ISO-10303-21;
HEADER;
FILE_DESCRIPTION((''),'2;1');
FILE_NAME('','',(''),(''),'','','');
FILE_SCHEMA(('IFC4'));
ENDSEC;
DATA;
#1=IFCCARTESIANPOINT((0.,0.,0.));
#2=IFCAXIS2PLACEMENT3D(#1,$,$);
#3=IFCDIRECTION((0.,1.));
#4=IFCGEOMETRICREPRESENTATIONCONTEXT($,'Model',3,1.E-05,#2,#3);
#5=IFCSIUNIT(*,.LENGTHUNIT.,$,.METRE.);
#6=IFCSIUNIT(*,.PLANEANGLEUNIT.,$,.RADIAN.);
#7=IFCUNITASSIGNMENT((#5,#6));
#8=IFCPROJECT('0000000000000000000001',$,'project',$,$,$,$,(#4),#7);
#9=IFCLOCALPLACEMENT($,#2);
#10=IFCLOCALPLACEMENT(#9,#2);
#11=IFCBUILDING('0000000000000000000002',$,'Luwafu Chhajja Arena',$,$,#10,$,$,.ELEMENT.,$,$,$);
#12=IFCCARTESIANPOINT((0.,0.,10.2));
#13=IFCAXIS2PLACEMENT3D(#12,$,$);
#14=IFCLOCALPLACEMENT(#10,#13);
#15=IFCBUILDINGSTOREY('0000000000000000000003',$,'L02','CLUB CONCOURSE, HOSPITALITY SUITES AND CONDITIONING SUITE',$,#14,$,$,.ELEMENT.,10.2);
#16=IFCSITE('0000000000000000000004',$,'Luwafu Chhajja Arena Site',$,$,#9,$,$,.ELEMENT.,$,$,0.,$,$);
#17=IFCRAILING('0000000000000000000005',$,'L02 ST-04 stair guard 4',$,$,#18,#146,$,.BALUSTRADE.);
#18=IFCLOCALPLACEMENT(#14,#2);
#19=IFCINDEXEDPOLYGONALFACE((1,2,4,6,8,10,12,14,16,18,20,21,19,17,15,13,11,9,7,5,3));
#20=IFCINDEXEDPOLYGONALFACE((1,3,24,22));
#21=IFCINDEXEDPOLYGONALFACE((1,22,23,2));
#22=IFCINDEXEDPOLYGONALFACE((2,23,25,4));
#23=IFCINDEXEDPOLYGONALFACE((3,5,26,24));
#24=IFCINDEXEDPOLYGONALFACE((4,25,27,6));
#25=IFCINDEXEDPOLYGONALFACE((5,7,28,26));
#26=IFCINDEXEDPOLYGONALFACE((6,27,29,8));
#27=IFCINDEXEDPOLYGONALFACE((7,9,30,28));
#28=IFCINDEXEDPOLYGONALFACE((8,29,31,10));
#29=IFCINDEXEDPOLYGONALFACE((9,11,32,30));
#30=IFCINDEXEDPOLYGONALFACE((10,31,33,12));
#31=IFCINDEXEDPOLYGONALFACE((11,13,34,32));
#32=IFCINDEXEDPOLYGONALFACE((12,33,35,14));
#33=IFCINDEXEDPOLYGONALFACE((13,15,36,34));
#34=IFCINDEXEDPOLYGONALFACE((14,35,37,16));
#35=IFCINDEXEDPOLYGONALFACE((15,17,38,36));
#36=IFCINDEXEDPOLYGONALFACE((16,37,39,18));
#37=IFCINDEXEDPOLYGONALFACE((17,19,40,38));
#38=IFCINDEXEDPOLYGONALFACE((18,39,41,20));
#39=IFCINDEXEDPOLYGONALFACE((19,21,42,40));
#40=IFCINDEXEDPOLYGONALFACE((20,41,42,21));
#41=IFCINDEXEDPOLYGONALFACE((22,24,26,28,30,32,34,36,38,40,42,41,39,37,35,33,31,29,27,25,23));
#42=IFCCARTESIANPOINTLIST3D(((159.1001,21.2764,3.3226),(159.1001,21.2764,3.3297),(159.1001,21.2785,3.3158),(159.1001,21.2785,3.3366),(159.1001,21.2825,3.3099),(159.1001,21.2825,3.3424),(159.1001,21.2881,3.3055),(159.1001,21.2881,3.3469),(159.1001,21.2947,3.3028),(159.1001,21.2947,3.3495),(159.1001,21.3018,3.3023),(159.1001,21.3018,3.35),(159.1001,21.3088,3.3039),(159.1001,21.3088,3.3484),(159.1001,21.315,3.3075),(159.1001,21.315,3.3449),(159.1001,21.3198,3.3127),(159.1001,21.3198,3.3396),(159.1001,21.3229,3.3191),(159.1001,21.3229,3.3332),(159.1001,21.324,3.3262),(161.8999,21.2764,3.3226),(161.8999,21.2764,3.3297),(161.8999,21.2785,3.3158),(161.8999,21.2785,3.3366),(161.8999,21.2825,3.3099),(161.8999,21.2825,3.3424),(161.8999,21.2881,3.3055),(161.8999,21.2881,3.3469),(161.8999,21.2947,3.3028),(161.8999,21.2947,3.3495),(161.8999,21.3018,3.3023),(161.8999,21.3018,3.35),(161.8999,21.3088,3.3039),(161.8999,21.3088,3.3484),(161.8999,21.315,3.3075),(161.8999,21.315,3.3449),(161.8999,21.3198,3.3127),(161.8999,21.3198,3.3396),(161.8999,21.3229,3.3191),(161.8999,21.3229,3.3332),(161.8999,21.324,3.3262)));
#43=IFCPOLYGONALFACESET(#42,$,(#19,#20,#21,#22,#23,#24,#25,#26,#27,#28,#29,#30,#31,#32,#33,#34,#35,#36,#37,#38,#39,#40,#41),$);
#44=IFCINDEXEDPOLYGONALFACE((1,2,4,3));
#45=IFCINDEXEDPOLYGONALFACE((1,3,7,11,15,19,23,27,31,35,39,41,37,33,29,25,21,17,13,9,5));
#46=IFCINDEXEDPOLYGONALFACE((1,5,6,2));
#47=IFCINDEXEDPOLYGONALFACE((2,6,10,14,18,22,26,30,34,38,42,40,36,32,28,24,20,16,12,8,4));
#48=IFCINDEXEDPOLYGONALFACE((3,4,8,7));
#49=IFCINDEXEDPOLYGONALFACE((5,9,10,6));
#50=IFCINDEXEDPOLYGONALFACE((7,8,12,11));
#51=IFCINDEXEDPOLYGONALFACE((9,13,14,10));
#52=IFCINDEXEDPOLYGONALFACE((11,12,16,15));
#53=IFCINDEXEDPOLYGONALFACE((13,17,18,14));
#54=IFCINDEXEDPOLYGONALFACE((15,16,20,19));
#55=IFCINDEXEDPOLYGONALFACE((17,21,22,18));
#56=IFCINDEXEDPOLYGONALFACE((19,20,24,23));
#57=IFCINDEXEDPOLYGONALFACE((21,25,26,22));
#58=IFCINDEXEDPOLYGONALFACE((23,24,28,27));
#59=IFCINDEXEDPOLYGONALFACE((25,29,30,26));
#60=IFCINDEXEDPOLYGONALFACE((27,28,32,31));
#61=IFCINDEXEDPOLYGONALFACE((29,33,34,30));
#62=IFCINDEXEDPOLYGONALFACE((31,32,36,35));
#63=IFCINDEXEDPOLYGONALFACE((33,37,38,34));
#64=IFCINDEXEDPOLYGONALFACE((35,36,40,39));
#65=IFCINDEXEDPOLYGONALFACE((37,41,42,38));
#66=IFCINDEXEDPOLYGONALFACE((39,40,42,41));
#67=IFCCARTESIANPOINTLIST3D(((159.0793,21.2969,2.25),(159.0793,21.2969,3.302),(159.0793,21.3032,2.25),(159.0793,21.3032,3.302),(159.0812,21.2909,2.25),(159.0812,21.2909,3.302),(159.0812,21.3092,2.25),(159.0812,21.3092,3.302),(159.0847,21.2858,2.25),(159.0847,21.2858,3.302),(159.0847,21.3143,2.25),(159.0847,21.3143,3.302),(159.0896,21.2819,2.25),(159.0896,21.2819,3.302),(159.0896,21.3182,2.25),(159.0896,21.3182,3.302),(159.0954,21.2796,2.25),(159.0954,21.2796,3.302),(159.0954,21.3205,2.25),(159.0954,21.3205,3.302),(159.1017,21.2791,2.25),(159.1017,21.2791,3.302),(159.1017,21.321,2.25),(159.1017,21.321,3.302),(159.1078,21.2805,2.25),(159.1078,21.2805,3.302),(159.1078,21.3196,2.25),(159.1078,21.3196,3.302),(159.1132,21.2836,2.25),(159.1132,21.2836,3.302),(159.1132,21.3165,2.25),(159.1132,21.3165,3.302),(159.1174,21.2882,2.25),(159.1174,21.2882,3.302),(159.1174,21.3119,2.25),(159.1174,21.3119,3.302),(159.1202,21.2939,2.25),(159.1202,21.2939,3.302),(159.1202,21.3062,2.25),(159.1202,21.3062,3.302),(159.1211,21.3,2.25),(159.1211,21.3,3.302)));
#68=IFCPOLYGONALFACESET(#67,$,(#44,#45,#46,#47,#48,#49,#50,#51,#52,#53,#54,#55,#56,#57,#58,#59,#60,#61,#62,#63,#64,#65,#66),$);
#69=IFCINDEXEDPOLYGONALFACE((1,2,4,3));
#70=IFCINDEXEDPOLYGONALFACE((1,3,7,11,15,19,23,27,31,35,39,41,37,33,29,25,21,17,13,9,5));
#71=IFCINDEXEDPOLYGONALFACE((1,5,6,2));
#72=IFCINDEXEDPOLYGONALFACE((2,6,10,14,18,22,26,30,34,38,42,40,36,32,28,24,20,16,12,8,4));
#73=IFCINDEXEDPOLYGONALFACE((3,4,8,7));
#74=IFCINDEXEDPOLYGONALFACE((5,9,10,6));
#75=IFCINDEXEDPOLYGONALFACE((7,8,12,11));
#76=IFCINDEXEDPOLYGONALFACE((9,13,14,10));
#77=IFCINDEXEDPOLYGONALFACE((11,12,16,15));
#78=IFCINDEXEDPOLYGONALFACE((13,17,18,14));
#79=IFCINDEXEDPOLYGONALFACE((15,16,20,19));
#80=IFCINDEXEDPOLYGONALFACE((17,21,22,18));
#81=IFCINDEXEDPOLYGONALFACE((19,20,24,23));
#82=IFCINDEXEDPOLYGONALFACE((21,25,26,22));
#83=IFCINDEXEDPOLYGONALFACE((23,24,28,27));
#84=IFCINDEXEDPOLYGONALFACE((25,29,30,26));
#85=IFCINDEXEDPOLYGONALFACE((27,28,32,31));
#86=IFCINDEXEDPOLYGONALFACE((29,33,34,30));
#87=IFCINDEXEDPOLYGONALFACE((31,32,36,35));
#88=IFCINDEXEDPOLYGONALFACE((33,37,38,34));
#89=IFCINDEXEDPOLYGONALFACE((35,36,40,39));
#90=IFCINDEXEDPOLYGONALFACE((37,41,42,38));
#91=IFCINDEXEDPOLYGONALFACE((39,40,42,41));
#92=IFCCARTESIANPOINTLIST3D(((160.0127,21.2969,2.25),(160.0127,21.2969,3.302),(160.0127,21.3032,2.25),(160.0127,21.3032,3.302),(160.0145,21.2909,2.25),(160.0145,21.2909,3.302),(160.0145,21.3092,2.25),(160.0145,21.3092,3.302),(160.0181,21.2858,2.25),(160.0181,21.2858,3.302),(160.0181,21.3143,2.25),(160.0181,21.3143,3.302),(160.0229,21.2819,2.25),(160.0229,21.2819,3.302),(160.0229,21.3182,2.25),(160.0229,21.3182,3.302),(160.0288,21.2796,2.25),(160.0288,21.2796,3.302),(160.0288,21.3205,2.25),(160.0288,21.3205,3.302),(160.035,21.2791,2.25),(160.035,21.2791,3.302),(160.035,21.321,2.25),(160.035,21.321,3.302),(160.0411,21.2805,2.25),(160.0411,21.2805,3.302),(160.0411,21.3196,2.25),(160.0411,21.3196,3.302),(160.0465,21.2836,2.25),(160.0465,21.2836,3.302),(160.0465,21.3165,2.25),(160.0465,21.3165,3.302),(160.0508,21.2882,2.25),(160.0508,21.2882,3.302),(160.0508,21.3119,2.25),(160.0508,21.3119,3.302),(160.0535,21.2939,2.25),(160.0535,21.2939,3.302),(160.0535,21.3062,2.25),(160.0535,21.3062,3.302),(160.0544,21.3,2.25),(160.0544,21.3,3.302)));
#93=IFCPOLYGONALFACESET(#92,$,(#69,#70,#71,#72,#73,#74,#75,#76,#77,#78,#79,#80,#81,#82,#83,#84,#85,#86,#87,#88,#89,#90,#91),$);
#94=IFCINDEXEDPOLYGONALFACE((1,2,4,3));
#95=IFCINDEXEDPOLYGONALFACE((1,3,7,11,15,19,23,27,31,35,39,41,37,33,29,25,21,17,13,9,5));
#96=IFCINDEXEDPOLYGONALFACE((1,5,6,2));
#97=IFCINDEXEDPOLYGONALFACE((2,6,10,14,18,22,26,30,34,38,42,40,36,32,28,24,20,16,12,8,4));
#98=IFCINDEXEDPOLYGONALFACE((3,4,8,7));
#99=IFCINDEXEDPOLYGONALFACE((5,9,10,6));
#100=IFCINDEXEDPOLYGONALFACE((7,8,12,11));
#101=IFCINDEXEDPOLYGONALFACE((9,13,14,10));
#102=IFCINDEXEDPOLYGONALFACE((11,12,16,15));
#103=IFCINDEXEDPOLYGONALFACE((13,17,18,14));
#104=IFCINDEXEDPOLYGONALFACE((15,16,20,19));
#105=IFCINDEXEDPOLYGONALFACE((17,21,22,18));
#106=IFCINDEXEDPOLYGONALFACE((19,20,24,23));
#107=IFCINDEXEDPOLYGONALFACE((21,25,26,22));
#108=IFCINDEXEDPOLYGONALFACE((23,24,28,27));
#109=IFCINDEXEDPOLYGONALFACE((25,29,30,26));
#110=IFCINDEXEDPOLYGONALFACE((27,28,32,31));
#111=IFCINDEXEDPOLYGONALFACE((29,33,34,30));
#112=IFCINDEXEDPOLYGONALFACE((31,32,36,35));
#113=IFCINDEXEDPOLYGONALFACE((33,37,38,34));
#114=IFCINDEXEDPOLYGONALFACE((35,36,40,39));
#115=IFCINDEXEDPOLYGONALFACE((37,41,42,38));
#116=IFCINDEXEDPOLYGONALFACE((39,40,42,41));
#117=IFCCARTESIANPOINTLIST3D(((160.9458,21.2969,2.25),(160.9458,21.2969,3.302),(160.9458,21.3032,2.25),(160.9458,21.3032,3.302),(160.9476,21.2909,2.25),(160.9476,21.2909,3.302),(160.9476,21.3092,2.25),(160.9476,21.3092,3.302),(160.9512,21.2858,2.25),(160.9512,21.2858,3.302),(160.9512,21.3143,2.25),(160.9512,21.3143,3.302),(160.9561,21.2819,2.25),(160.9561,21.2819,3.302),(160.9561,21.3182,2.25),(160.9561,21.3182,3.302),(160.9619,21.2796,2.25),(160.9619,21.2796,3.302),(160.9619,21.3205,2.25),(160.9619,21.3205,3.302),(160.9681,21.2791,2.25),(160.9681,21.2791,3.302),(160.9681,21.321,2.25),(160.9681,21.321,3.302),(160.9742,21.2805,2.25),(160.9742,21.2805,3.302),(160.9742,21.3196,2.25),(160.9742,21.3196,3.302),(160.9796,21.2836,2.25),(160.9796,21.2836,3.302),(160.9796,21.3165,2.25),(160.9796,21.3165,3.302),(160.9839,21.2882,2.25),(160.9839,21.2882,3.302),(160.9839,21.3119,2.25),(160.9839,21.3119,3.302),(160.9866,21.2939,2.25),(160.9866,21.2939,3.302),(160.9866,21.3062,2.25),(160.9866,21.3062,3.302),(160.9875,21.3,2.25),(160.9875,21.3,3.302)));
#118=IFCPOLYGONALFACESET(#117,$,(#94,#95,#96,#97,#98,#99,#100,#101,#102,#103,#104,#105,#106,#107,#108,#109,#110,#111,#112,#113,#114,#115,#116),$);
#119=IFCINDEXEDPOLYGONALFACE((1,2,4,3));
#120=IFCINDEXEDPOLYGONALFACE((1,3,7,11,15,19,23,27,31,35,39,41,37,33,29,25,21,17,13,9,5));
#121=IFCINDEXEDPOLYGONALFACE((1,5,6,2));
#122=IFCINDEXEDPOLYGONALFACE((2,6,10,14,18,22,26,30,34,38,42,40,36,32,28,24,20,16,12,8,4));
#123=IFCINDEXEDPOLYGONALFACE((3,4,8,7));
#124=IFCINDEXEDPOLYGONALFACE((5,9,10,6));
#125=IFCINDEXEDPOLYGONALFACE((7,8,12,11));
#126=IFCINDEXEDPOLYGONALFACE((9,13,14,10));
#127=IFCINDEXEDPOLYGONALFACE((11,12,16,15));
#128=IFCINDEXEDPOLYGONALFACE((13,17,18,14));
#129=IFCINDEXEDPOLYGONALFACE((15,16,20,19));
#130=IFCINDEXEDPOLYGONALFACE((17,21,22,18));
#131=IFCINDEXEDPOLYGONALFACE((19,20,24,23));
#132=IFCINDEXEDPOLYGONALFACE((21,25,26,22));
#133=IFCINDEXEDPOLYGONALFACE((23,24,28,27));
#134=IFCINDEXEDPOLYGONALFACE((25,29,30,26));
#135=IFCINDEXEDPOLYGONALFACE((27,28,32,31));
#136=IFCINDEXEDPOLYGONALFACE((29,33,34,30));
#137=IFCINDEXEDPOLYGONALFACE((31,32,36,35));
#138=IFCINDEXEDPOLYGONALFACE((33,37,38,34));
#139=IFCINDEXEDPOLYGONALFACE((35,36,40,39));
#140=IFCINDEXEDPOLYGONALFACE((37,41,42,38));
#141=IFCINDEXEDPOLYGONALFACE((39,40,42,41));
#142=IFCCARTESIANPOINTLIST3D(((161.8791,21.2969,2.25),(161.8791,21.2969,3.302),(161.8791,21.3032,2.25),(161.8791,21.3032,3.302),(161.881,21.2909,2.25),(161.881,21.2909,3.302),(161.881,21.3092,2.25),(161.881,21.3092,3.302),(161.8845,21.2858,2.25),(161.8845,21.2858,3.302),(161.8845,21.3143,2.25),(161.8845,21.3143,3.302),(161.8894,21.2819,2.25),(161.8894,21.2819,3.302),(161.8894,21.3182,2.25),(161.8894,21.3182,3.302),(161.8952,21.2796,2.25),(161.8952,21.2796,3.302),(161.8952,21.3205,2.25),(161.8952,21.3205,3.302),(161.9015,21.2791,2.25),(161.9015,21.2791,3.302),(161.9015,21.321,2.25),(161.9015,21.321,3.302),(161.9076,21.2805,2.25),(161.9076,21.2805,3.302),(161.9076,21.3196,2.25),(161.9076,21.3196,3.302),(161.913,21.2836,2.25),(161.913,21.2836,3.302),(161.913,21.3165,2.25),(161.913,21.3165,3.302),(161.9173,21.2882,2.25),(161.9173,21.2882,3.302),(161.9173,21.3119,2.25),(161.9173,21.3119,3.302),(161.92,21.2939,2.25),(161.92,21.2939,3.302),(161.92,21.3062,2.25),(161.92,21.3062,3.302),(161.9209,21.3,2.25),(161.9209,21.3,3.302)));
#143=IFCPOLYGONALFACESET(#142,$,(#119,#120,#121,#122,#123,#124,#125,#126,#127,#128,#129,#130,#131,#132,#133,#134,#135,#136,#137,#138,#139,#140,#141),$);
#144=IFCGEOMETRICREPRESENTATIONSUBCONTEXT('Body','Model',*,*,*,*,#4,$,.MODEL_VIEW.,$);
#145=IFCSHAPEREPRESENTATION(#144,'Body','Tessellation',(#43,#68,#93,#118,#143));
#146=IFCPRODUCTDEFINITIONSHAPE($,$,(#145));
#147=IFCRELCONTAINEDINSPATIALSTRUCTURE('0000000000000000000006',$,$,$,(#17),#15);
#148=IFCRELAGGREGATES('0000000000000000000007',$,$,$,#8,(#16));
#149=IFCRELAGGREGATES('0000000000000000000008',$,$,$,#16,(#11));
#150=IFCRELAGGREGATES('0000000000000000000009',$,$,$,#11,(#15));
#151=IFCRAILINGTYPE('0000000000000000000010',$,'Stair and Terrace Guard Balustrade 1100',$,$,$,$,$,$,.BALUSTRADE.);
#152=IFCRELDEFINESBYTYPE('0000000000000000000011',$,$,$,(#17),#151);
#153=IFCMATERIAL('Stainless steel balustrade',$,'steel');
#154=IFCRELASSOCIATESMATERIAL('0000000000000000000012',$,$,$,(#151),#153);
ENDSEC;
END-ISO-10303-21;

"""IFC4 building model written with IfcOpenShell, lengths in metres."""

from ifc_helpers import new_model, si_unit, direction, frame, origin, origin_2d, place, context, subcontext, project, spatial, circle, extrude, material, type_object, element, save


model = new_model("IFC4")

# Units and contexts
model_context = context("Model", 3, precision=1e-05, world=origin(), true_north=direction((0.0, 1.0)))
body_context = subcontext(model_context, "Body", "Model", "MODEL_VIEW")
ifc_project = project(units=[si_unit("LENGTHUNIT", "METRE"), si_unit("PLANEANGLEUNIT", "RADIAN")], contexts=[model_context])

# Site, building, storey
site_placement = place(None, origin())
site = spatial("IfcSite", under=ifc_project, at=site_placement, Name="Luwafu Chhajja Arena Site", CompositionType="ELEMENT", RefElevation=0.0)
building_placement = place(site_placement, origin())
building = spatial("IfcBuilding", under=site, at=building_placement, Name="Luwafu Chhajja Arena", CompositionType="ELEMENT")
storey_placement = place(building_placement, frame((0.0, 0.0, 10.2)))
storey = spatial("IfcBuildingStorey", under=building, at=storey_placement, Name="L02", Description="CLUB CONCOURSE, HOSPITALITY SUITES AND CONDITIONING SUITE", CompositionType="ELEMENT", Elevation=10.2)

# Railing
ifc_material_1 = material(Name="Stainless steel balustrade", Category="steel")
railing_type_1 = type_object("IfcRailingType", Name="Stair and Terrace Guard Balustrade 1100", PredefinedType="BALUSTRADE", material=ifc_material_1)
for number, where, name in (
    (1, (159.1001, 21.3, 2.25), "L02 ST-04 stair guard 4"),
):
    element("IfcRailing", number, at=place(storey_placement, frame(where)), inside=storey, type_object=railing_type_1, Name=name, PredefinedType="BALUSTRADE", context=body_context, shape_type="SweptSolid", body=[
        extrude(circle(Radius=0.0239, at=origin_2d()), frame((0.0, 0.0, 1.0762), z_axis=(1.0, 0.0, 0.0), x_axis=(0.0, 1.0, 0.0)), (0.0, 0.0, 1.0), 2.7998),
        extrude(circle(Radius=0.021, at=origin_2d()), origin(), (0.0, 0.0, 1.0), 1.052),
        extrude(circle(Radius=0.021, at=origin_2d()), frame((0.9333, 0.0, 0.0)), (0.0, 0.0, 1.0), 1.052),
        extrude(circle(Radius=0.021, at=origin_2d()), frame((1.8665, 0.0, 0.0)), (0.0, 0.0, 1.0), 1.052),
        extrude(circle(Radius=0.021, at=origin_2d()), frame((2.7998, 0.0, 0.0)), (0.0, 0.0, 1.0), 1.052),
    ])

save(model, "model.ifc")
